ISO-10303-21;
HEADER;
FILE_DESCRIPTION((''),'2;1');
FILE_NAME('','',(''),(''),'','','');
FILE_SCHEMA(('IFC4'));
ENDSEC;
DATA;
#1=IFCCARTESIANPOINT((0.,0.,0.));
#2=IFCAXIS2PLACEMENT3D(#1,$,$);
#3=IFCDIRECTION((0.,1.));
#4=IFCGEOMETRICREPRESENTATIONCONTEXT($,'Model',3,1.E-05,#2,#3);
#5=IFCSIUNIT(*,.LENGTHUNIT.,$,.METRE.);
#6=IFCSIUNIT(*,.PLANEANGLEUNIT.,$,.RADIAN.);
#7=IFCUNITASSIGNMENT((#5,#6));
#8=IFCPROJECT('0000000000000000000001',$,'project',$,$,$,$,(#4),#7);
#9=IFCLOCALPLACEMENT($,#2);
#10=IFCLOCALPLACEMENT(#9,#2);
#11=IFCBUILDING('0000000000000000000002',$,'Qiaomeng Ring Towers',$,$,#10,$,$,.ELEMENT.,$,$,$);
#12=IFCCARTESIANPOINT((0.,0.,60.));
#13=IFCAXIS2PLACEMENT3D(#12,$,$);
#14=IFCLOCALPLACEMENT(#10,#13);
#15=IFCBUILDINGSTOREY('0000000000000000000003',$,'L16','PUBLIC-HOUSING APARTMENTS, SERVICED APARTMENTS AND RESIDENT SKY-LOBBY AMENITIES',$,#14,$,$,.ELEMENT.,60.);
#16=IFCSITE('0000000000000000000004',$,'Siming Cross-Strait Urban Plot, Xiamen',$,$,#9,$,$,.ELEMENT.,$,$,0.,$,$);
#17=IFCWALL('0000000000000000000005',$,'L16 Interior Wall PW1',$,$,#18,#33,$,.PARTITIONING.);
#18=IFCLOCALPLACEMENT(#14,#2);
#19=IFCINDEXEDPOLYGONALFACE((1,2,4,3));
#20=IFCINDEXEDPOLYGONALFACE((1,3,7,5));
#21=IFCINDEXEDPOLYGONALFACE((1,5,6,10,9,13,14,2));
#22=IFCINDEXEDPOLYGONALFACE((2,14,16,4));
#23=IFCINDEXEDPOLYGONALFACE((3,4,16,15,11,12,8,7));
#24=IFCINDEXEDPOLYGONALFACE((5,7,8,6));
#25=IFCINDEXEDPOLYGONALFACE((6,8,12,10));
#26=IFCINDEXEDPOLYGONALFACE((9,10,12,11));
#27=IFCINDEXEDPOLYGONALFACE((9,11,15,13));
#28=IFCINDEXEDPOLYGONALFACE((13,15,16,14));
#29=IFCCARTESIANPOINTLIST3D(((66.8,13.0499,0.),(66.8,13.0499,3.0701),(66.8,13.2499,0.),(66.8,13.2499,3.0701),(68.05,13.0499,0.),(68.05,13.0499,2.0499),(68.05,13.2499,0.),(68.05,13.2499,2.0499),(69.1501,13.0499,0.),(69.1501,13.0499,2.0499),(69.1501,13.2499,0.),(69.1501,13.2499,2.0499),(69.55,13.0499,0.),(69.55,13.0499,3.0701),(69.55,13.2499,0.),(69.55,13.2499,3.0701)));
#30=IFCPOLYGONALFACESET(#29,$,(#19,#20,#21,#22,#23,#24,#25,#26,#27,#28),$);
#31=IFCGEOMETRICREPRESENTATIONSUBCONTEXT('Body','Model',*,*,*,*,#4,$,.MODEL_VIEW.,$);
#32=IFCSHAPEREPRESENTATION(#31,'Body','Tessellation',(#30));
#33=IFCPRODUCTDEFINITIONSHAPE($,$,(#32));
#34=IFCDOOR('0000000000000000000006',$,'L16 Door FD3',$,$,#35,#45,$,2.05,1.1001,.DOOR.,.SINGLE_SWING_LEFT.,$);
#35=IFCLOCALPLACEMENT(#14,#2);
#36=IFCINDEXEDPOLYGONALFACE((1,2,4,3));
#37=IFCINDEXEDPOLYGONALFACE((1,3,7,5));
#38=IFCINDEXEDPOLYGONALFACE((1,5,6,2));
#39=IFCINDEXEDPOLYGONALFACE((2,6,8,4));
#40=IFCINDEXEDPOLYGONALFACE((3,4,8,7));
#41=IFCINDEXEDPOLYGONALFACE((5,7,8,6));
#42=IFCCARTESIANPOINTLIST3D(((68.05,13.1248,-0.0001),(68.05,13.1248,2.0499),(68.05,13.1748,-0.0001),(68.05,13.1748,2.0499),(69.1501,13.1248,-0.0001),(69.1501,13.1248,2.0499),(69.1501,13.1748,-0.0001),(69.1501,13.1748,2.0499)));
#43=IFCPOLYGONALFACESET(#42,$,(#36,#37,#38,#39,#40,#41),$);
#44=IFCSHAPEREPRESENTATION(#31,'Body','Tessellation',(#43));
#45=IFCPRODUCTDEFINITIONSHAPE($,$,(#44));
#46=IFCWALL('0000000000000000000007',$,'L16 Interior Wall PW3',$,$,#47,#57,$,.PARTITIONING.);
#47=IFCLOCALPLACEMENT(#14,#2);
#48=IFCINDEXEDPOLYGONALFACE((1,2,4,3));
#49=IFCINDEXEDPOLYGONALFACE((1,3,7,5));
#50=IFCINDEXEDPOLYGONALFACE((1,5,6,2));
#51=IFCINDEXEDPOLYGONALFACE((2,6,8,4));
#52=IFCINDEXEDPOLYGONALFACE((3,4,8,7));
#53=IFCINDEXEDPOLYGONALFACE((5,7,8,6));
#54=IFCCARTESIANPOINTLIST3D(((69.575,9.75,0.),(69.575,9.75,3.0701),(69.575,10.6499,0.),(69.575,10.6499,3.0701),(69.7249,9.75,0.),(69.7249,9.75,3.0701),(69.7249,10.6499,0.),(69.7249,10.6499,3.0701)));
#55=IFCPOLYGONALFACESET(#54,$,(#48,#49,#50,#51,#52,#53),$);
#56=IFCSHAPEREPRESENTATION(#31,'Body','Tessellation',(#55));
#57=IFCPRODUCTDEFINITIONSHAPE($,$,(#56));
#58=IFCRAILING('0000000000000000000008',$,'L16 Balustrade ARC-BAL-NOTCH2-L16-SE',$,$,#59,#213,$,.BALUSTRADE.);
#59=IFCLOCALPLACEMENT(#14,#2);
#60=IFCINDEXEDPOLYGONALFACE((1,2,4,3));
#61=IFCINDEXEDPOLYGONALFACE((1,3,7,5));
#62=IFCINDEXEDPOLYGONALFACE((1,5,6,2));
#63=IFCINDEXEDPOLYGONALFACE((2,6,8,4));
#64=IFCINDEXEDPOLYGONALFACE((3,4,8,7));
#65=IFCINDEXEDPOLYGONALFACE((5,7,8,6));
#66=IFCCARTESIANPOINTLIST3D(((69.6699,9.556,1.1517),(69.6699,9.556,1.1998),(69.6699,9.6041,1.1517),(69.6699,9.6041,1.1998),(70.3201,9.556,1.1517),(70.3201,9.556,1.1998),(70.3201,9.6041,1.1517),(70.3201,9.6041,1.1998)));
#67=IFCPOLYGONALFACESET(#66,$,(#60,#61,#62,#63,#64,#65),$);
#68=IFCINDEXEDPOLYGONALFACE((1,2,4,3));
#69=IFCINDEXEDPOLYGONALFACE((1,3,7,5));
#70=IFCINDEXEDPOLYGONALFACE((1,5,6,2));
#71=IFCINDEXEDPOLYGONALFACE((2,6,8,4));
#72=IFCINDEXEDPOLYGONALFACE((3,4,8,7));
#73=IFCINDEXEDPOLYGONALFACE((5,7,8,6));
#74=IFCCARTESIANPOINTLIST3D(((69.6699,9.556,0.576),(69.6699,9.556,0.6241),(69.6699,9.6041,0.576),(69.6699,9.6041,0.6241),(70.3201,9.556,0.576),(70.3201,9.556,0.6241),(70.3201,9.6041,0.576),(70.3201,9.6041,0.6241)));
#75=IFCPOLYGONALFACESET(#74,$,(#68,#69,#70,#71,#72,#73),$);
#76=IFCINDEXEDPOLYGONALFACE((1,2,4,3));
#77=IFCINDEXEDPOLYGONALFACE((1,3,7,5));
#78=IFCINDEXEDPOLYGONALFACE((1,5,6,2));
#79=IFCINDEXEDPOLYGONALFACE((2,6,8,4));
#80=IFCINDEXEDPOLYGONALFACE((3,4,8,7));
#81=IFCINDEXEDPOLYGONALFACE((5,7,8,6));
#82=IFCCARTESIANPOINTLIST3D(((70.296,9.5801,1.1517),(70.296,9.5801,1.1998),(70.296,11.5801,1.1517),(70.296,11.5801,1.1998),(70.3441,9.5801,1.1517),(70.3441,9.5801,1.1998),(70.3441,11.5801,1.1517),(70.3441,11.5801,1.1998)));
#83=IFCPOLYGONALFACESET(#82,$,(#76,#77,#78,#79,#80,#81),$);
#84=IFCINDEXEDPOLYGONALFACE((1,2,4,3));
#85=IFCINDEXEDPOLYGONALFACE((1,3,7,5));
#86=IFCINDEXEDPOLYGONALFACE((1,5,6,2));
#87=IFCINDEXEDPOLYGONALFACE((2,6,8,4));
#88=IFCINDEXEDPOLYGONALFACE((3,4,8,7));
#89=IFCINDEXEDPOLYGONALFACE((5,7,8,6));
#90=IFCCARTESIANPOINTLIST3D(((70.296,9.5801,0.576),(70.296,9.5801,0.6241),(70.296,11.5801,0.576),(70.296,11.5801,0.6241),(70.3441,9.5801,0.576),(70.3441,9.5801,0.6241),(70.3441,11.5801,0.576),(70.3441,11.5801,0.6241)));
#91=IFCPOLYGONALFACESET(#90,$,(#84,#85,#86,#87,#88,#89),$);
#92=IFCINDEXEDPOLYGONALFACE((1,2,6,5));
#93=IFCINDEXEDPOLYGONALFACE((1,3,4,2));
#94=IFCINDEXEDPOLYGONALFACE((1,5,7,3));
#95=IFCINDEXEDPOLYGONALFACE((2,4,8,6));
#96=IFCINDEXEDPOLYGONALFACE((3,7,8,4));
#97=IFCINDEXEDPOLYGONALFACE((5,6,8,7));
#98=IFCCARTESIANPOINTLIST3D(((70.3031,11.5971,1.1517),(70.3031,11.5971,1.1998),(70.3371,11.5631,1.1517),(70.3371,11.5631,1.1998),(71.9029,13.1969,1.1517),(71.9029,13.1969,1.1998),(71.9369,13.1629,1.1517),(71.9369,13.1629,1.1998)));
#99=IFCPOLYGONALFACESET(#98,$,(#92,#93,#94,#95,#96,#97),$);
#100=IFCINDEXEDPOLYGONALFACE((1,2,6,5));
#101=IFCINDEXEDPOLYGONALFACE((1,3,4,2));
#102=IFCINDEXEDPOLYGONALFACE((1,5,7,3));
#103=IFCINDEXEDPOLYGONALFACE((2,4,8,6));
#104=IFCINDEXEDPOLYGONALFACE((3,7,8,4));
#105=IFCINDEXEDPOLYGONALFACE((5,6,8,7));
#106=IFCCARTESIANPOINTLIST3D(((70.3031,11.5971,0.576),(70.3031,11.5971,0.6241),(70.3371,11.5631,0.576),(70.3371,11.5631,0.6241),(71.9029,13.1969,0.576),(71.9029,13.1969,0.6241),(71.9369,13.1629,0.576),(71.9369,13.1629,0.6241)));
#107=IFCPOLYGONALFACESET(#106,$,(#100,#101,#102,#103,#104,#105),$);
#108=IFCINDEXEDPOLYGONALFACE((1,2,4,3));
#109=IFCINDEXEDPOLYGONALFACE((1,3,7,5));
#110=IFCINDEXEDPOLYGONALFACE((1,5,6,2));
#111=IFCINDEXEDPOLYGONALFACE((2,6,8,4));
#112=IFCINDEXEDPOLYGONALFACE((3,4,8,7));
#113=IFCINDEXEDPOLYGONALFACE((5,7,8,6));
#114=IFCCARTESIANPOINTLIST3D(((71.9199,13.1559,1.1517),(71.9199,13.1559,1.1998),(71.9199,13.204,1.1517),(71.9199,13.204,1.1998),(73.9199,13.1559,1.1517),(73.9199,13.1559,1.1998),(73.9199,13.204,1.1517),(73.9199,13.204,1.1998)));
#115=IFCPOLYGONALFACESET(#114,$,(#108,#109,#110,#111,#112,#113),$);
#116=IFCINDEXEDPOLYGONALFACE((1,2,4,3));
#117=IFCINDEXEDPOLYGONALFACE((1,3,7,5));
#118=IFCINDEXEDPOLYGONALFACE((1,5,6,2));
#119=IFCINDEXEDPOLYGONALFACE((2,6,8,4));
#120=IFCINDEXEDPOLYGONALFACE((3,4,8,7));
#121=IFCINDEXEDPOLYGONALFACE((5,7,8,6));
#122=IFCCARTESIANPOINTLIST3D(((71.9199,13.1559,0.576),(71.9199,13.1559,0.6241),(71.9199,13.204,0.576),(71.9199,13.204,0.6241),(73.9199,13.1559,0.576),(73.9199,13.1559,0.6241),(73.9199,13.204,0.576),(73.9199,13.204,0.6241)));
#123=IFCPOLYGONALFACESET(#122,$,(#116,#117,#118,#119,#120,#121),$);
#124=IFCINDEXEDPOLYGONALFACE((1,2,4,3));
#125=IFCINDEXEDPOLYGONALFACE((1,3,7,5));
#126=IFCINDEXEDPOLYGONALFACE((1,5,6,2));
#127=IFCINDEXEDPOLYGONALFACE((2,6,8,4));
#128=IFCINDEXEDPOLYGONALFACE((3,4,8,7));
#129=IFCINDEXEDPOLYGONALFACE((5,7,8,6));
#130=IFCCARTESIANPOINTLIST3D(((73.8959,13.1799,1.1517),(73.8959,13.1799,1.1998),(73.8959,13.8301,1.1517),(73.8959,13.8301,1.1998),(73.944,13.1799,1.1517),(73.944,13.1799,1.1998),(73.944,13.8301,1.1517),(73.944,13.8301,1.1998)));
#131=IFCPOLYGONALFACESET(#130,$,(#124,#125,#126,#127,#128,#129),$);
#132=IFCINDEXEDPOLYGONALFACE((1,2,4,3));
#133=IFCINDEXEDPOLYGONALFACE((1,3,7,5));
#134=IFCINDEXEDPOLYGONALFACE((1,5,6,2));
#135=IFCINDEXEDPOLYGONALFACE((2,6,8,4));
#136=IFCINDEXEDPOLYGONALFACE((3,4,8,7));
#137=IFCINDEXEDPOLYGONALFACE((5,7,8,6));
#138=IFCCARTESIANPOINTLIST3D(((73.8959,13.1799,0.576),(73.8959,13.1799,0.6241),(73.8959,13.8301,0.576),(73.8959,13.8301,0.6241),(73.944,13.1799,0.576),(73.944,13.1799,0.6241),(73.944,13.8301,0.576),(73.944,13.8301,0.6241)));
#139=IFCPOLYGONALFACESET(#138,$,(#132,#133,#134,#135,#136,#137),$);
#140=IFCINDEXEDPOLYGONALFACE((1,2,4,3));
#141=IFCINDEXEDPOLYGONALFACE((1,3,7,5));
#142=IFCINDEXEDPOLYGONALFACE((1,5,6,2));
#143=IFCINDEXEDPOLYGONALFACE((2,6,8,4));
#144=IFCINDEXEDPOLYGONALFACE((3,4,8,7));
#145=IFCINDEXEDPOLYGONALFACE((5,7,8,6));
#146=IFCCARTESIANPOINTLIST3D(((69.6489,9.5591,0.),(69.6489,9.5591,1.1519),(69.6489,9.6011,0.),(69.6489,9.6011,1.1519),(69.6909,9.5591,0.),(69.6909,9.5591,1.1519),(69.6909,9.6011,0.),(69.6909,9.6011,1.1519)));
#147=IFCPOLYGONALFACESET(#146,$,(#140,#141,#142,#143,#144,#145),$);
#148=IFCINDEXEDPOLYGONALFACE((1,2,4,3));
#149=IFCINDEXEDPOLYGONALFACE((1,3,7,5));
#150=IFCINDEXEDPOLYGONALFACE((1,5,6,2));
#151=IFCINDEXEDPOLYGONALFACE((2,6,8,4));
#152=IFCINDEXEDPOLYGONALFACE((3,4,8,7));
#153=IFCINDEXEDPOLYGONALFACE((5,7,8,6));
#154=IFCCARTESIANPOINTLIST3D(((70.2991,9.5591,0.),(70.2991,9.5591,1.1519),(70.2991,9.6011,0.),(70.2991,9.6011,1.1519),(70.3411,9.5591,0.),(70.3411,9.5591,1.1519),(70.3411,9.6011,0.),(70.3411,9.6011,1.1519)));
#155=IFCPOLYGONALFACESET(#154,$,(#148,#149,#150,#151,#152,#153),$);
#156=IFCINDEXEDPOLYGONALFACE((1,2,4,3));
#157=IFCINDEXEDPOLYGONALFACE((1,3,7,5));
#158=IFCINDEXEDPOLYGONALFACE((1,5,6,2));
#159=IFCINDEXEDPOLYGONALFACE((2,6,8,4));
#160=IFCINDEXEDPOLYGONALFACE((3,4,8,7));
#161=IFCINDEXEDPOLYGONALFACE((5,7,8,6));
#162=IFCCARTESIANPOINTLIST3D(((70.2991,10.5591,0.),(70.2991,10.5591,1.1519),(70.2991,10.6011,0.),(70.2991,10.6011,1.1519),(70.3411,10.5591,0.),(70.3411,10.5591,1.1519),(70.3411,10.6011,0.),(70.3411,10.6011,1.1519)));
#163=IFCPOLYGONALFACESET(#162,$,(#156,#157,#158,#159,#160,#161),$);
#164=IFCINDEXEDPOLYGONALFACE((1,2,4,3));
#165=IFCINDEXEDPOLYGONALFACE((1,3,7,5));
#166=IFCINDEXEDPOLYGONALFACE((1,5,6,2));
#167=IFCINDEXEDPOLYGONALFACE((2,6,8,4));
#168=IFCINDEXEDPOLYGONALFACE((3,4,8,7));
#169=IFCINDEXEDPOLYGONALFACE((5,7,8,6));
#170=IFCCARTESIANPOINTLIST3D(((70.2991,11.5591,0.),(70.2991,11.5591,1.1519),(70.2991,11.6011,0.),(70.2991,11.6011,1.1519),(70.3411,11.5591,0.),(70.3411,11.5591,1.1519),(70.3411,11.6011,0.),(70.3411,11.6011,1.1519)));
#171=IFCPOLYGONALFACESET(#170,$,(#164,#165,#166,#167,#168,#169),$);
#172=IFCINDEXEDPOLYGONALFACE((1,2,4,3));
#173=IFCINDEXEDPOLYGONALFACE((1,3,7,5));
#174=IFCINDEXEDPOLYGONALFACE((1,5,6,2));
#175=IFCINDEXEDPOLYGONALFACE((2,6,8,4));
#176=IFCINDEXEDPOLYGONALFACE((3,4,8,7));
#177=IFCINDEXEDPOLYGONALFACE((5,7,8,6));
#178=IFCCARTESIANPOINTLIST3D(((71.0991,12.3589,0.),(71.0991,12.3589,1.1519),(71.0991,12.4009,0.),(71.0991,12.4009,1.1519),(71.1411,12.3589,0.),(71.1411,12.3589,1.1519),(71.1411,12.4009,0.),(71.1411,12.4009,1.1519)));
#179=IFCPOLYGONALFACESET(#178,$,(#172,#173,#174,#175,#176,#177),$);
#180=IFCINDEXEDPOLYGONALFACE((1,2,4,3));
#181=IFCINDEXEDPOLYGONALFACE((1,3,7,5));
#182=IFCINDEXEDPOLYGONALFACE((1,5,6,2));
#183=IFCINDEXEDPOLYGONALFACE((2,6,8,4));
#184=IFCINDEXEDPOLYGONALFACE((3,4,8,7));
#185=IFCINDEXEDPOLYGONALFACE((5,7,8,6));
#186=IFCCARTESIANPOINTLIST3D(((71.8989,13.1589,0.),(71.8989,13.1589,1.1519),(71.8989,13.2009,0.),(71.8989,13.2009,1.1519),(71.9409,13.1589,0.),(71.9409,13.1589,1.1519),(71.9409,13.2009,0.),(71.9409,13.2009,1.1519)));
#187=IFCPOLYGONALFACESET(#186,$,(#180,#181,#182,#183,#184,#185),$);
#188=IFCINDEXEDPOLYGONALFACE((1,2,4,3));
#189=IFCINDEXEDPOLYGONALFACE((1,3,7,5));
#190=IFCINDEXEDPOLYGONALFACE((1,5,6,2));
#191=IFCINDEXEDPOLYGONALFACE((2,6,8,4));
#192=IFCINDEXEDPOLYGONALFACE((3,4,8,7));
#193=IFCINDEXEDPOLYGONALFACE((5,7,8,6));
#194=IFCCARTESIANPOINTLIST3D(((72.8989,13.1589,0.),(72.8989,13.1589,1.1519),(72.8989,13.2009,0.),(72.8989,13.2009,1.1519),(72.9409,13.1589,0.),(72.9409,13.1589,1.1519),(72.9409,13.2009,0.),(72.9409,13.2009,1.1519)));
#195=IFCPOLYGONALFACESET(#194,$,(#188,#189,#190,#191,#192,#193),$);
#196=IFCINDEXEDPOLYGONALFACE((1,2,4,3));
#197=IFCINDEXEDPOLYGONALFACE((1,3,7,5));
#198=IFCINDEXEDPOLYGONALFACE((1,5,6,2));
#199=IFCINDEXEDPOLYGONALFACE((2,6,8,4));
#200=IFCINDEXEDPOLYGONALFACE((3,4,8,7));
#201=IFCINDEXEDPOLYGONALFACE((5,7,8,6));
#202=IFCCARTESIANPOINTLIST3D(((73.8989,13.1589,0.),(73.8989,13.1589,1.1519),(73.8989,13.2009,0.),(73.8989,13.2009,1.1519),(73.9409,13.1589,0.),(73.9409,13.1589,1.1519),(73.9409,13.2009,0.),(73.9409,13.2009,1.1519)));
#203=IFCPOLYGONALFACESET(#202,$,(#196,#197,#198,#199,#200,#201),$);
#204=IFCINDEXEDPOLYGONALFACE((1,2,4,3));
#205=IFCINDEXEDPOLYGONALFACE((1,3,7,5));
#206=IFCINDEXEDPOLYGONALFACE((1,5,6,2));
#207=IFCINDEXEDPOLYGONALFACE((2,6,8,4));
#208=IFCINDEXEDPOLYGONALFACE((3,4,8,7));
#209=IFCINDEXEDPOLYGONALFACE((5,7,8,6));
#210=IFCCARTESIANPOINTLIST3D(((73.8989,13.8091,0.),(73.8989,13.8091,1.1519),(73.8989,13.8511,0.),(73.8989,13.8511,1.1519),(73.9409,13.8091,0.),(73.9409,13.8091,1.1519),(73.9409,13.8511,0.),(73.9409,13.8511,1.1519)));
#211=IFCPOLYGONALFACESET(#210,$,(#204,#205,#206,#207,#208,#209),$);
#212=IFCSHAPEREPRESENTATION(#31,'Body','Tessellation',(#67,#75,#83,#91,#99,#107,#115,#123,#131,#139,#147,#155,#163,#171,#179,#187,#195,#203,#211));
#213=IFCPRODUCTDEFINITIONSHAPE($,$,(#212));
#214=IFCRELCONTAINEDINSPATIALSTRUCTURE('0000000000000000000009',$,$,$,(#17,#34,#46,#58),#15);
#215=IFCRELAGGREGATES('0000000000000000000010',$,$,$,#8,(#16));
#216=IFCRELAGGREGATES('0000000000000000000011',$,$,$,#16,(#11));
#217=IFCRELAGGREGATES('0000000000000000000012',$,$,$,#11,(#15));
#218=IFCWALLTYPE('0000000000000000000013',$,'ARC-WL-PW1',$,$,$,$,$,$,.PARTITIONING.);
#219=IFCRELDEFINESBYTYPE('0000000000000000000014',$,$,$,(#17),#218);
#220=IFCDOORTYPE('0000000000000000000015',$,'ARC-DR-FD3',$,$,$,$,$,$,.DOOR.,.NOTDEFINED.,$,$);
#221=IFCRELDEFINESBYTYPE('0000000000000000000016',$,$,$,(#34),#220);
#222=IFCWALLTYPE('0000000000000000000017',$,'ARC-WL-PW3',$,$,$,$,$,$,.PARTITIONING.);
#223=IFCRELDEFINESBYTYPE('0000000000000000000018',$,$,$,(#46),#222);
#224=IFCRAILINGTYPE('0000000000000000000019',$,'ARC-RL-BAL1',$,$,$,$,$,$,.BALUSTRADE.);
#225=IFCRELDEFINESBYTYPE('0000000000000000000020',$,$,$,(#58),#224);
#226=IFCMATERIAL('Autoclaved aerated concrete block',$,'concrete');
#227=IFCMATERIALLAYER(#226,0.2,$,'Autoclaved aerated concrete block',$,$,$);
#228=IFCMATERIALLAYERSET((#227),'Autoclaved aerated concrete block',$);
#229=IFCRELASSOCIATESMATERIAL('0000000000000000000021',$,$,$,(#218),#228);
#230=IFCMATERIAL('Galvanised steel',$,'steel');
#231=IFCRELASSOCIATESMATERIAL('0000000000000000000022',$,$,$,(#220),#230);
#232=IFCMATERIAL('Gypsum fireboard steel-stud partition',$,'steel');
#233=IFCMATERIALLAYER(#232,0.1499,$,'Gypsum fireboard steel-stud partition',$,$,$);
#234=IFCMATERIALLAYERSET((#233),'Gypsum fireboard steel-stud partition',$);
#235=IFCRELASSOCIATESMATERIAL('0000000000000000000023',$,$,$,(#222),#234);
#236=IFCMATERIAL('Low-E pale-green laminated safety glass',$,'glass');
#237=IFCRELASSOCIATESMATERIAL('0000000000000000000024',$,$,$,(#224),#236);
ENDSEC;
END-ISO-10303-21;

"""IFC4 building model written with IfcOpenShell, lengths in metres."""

from ifc_helpers import new_model, si_unit, direction, frame, frame_2d, origin, origin_2d, place, context, subcontext, project, spatial, rectangle, extrude, source, transform, mapped, material, layer, layer_set, type_object, element, fill, save


model = new_model("IFC4")

# Units and contexts
model_context = context("Model", 3, precision=1e-05, world=origin(), true_north=direction((0.0, 1.0)))
body_context = subcontext(model_context, "Body", "Model", "MODEL_VIEW")
ifc_project = project(units=[si_unit("LENGTHUNIT", "METRE"), si_unit("PLANEANGLEUNIT", "RADIAN")], contexts=[model_context])

# Site, building, storey
site_placement = place(None, origin())
site = spatial("IfcSite", under=ifc_project, at=site_placement, Name="Siming Cross-Strait Urban Plot, Xiamen", CompositionType="ELEMENT", RefElevation=0.0)
building_placement = place(site_placement, origin())
building = spatial("IfcBuilding", under=site, at=building_placement, Name="Qiaomeng Ring Towers", CompositionType="ELEMENT")
storey_placement = place(building_placement, frame((0.0, 0.0, 60.0)))
storey = spatial("IfcBuildingStorey", under=building, at=storey_placement, Name="L16", Description="PUBLIC-HOUSING APARTMENTS, SERVICED APARTMENTS AND RESIDENT SKY-LOBBY AMENITIES", CompositionType="ELEMENT", Elevation=60.0)

# Shared definitions
ifc_material_1 = material(Name="Autoclaved aerated concrete block", Category="concrete")
ifc_layer_1 = layer(ifc_material_1, 0.2, Name="Autoclaved aerated concrete block")
ifc_layer_set_1 = layer_set([ifc_layer_1], Name="Autoclaved aerated concrete block")
wall_type_1 = type_object("IfcWallType", Name="ARC-WL-PW1", PredefinedType="PARTITIONING", material=ifc_layer_set_1)

# Wall, opening, door
wall_1_placement = place(storey_placement, frame((66.8, 13.1499, 0.0), z_axis=(0.0, 0.0, 1.0), x_axis=(1.0, 0.0, 0.0)))
wall_1 = element("IfcWall", 1, at=wall_1_placement, inside=storey, type_object=wall_type_1, Name="L16 Interior Wall PW1", PredefinedType="PARTITIONING", context=body_context, shape_type="SweptSolid", body=[
    extrude(rectangle(XDim=2.75, YDim=0.2, at=frame_2d((1.375, 0.0))), origin(), (0.0, 0.0, 1.0), 3.0701),
])
opening_1_placement = place(wall_1_placement, frame((1.25, 0.0, 0.0)))
opening_1 = element("IfcOpeningElement", 2, at=opening_1_placement, cuts=wall_1, PredefinedType="OPENING", context=body_context, shape_type="SweptSolid", body=[
    extrude(rectangle(XDim=1.1001, YDim=2.05, at=frame_2d((0.55, 1.0249))), frame((0.0, 0.1099, 0.0), z_axis=(0.0, -1.0, 0.0), x_axis=(1.0, 0.0, 0.0)), (0.0, 0.0, 1.0), 0.22),
])
ifc_material_2 = material(Name="Galvanised steel", Category="steel")
door_type_1 = type_object("IfcDoorType", Name="ARC-DR-FD3", OperationType="NOTDEFINED", PredefinedType="DOOR", material=ifc_material_2)
shared_shape_1 = source(origin(), body_context, "Body", "SweptSolid", [
    extrude(rectangle(XDim=1.1001, YDim=2.05, at=frame_2d((0.55, 1.0249))), frame((0.0, 0.0249, 0.0), z_axis=(0.0, -1.0, 0.0), x_axis=(1.0, 0.0, 0.0)), (0.0, 0.0, 1.0), 0.05),
])
door_1_placement = place(opening_1_placement, origin())
door_1 = element("IfcDoor", 3, at=door_1_placement, inside=storey, type_object=door_type_1, Name="L16 Door FD3", OperationType="SINGLE_SWING_LEFT", OverallHeight=2.05, OverallWidth=1.1001, PredefinedType="DOOR", context=body_context, shape_type="MappedRepresentation", body=[
    mapped(shared_shape_1, transform((0.0, 0.0, 0.0), x_axis=(1.0, 0.0, 0.0), y_axis=(0.0, 1.0, 0.0), z_axis=(0.0, 0.0, 1.0), scale=1.0)),
])
fill(opening_1, door_1)

# Wall
ifc_material_3 = material(Name="Gypsum fireboard steel-stud partition", Category="steel")
ifc_layer_2 = layer(ifc_material_3, 0.1499, Name="Gypsum fireboard steel-stud partition")
ifc_layer_set_2 = layer_set([ifc_layer_2], Name="Gypsum fireboard steel-stud partition")
wall_type_2 = type_object("IfcWallType", Name="ARC-WL-PW3", PredefinedType="PARTITIONING", material=ifc_layer_set_2)
wall_2_placement = place(storey_placement, frame((69.6499, 9.75, 0.0), z_axis=(0.0, 0.0, 1.0), x_axis=(0.0, 1.0, 0.0)))
element("IfcWall", 4, at=wall_2_placement, inside=storey, type_object=wall_type_2, Name="L16 Interior Wall PW3", PredefinedType="PARTITIONING", context=body_context, shape_type="SweptSolid", body=[
    extrude(rectangle(XDim=0.8999, YDim=0.1499, at=frame_2d((0.45, 0.0))), origin(), (0.0, 0.0, 1.0), 3.0701),
])

# Railing
ifc_material_4 = material(Name="Low-E pale-green laminated safety glass", Category="glass")
railing_type = type_object("IfcRailingType", Name="ARC-RL-BAL1", PredefinedType="BALUSTRADE", material=ifc_material_4)
railing_placement = place(storey_placement, frame((69.6699, 9.5801, 0.0)))
element("IfcRailing", 5, at=railing_placement, inside=storey, type_object=railing_type, Name="L16 Balustrade ARC-BAL-NOTCH2-L16-SE", PredefinedType="BALUSTRADE", context=body_context, shape_type="SweptSolid", body=[
    extrude(rectangle(XDim=0.0481, YDim=0.0481, at=origin_2d()), frame((0.0, 0.0, 1.1758), z_axis=(1.0, 0.0, 0.0), x_axis=(0.0, 1.0, 0.0)), (0.0, 0.0, 1.0), 0.6501),
    extrude(rectangle(XDim=0.0481, YDim=0.0481, at=origin_2d()), frame((0.0, 0.0, 0.6001), z_axis=(1.0, 0.0, 0.0), x_axis=(0.0, 1.0, 0.0)), (0.0, 0.0, 1.0), 0.6501),
    extrude(rectangle(XDim=0.0481, YDim=0.0481, at=origin_2d()), frame((0.6501, 0.0, 1.1758), z_axis=(0.0, 1.0, 0.0), x_axis=(-1.0, 0.0, 0.0)), (0.0, 0.0, 1.0), 2.0),
    extrude(rectangle(XDim=0.0481, YDim=0.0481, at=origin_2d()), frame((0.6501, 0.0, 0.6001), z_axis=(0.0, 1.0, 0.0), x_axis=(-1.0, 0.0, 0.0)), (0.0, 0.0, 1.0), 2.0),
    extrude(rectangle(XDim=0.0481, YDim=0.0481, at=origin_2d()), frame((0.6501, 2.0, 1.1758), z_axis=(0.707107, 0.707107, 0.0), x_axis=(-0.707107, 0.707107, 0.0)), (0.0, 0.0, 1.0), 2.2625),
    extrude(rectangle(XDim=0.0481, YDim=0.0481, at=origin_2d()), frame((0.6501, 2.0, 0.6001), z_axis=(0.707107, 0.707107, 0.0), x_axis=(-0.707107, 0.707107, 0.0)), (0.0, 0.0, 1.0), 2.2625),
    extrude(rectangle(XDim=0.0481, YDim=0.0481, at=origin_2d()), frame((2.25, 3.5999, 1.1758), z_axis=(1.0, 0.0, 0.0), x_axis=(0.0, 1.0, 0.0)), (0.0, 0.0, 1.0), 2.0),
    extrude(rectangle(XDim=0.0481, YDim=0.0481, at=origin_2d()), frame((2.25, 3.5999, 0.6001), z_axis=(1.0, 0.0, 0.0), x_axis=(0.0, 1.0, 0.0)), (0.0, 0.0, 1.0), 2.0),
    extrude(rectangle(XDim=0.0481, YDim=0.0481, at=origin_2d()), frame((4.25, 3.5999, 1.1758), z_axis=(0.0, 1.0, 0.0), x_axis=(-1.0, 0.0, 0.0)), (0.0, 0.0, 1.0), 0.6501),
    extrude(rectangle(XDim=0.0481, YDim=0.0481, at=origin_2d()), frame((4.25, 3.5999, 0.6001), z_axis=(0.0, 1.0, 0.0), x_axis=(-1.0, 0.0, 0.0)), (0.0, 0.0, 1.0), 0.6501),
    extrude(rectangle(XDim=0.042, YDim=0.042, at=origin_2d()), origin(), (0.0, 0.0, 1.0), 1.1519),
    extrude(rectangle(XDim=0.042, YDim=0.042, at=origin_2d()), frame((0.6501, 0.0, 0.0)), (0.0, 0.0, 1.0), 1.1519),
    extrude(rectangle(XDim=0.042, YDim=0.042, at=origin_2d()), frame((0.6501, 1.0, 0.0)), (0.0, 0.0, 1.0), 1.1519),
    extrude(rectangle(XDim=0.042, YDim=0.042, at=origin_2d()), frame((0.6501, 2.0, 0.0)), (0.0, 0.0, 1.0), 1.1519),
    extrude(rectangle(XDim=0.042, YDim=0.042, at=origin_2d()), frame((1.4502, 2.7998, 0.0)), (0.0, 0.0, 1.0), 1.1519),
    extrude(rectangle(XDim=0.042, YDim=0.042, at=origin_2d()), frame((2.25, 3.5999, 0.0)), (0.0, 0.0, 1.0), 1.1519),
    extrude(rectangle(XDim=0.042, YDim=0.042, at=origin_2d()), frame((3.25, 3.5999, 0.0)), (0.0, 0.0, 1.0), 1.1519),
    extrude(rectangle(XDim=0.042, YDim=0.042, at=origin_2d()), frame((4.25, 3.5999, 0.0)), (0.0, 0.0, 1.0), 1.1519),
    extrude(rectangle(XDim=0.042, YDim=0.042, at=origin_2d()), frame((4.25, 4.25, 0.0)), (0.0, 0.0, 1.0), 1.1519),
])

save(model, "model.ifc")
